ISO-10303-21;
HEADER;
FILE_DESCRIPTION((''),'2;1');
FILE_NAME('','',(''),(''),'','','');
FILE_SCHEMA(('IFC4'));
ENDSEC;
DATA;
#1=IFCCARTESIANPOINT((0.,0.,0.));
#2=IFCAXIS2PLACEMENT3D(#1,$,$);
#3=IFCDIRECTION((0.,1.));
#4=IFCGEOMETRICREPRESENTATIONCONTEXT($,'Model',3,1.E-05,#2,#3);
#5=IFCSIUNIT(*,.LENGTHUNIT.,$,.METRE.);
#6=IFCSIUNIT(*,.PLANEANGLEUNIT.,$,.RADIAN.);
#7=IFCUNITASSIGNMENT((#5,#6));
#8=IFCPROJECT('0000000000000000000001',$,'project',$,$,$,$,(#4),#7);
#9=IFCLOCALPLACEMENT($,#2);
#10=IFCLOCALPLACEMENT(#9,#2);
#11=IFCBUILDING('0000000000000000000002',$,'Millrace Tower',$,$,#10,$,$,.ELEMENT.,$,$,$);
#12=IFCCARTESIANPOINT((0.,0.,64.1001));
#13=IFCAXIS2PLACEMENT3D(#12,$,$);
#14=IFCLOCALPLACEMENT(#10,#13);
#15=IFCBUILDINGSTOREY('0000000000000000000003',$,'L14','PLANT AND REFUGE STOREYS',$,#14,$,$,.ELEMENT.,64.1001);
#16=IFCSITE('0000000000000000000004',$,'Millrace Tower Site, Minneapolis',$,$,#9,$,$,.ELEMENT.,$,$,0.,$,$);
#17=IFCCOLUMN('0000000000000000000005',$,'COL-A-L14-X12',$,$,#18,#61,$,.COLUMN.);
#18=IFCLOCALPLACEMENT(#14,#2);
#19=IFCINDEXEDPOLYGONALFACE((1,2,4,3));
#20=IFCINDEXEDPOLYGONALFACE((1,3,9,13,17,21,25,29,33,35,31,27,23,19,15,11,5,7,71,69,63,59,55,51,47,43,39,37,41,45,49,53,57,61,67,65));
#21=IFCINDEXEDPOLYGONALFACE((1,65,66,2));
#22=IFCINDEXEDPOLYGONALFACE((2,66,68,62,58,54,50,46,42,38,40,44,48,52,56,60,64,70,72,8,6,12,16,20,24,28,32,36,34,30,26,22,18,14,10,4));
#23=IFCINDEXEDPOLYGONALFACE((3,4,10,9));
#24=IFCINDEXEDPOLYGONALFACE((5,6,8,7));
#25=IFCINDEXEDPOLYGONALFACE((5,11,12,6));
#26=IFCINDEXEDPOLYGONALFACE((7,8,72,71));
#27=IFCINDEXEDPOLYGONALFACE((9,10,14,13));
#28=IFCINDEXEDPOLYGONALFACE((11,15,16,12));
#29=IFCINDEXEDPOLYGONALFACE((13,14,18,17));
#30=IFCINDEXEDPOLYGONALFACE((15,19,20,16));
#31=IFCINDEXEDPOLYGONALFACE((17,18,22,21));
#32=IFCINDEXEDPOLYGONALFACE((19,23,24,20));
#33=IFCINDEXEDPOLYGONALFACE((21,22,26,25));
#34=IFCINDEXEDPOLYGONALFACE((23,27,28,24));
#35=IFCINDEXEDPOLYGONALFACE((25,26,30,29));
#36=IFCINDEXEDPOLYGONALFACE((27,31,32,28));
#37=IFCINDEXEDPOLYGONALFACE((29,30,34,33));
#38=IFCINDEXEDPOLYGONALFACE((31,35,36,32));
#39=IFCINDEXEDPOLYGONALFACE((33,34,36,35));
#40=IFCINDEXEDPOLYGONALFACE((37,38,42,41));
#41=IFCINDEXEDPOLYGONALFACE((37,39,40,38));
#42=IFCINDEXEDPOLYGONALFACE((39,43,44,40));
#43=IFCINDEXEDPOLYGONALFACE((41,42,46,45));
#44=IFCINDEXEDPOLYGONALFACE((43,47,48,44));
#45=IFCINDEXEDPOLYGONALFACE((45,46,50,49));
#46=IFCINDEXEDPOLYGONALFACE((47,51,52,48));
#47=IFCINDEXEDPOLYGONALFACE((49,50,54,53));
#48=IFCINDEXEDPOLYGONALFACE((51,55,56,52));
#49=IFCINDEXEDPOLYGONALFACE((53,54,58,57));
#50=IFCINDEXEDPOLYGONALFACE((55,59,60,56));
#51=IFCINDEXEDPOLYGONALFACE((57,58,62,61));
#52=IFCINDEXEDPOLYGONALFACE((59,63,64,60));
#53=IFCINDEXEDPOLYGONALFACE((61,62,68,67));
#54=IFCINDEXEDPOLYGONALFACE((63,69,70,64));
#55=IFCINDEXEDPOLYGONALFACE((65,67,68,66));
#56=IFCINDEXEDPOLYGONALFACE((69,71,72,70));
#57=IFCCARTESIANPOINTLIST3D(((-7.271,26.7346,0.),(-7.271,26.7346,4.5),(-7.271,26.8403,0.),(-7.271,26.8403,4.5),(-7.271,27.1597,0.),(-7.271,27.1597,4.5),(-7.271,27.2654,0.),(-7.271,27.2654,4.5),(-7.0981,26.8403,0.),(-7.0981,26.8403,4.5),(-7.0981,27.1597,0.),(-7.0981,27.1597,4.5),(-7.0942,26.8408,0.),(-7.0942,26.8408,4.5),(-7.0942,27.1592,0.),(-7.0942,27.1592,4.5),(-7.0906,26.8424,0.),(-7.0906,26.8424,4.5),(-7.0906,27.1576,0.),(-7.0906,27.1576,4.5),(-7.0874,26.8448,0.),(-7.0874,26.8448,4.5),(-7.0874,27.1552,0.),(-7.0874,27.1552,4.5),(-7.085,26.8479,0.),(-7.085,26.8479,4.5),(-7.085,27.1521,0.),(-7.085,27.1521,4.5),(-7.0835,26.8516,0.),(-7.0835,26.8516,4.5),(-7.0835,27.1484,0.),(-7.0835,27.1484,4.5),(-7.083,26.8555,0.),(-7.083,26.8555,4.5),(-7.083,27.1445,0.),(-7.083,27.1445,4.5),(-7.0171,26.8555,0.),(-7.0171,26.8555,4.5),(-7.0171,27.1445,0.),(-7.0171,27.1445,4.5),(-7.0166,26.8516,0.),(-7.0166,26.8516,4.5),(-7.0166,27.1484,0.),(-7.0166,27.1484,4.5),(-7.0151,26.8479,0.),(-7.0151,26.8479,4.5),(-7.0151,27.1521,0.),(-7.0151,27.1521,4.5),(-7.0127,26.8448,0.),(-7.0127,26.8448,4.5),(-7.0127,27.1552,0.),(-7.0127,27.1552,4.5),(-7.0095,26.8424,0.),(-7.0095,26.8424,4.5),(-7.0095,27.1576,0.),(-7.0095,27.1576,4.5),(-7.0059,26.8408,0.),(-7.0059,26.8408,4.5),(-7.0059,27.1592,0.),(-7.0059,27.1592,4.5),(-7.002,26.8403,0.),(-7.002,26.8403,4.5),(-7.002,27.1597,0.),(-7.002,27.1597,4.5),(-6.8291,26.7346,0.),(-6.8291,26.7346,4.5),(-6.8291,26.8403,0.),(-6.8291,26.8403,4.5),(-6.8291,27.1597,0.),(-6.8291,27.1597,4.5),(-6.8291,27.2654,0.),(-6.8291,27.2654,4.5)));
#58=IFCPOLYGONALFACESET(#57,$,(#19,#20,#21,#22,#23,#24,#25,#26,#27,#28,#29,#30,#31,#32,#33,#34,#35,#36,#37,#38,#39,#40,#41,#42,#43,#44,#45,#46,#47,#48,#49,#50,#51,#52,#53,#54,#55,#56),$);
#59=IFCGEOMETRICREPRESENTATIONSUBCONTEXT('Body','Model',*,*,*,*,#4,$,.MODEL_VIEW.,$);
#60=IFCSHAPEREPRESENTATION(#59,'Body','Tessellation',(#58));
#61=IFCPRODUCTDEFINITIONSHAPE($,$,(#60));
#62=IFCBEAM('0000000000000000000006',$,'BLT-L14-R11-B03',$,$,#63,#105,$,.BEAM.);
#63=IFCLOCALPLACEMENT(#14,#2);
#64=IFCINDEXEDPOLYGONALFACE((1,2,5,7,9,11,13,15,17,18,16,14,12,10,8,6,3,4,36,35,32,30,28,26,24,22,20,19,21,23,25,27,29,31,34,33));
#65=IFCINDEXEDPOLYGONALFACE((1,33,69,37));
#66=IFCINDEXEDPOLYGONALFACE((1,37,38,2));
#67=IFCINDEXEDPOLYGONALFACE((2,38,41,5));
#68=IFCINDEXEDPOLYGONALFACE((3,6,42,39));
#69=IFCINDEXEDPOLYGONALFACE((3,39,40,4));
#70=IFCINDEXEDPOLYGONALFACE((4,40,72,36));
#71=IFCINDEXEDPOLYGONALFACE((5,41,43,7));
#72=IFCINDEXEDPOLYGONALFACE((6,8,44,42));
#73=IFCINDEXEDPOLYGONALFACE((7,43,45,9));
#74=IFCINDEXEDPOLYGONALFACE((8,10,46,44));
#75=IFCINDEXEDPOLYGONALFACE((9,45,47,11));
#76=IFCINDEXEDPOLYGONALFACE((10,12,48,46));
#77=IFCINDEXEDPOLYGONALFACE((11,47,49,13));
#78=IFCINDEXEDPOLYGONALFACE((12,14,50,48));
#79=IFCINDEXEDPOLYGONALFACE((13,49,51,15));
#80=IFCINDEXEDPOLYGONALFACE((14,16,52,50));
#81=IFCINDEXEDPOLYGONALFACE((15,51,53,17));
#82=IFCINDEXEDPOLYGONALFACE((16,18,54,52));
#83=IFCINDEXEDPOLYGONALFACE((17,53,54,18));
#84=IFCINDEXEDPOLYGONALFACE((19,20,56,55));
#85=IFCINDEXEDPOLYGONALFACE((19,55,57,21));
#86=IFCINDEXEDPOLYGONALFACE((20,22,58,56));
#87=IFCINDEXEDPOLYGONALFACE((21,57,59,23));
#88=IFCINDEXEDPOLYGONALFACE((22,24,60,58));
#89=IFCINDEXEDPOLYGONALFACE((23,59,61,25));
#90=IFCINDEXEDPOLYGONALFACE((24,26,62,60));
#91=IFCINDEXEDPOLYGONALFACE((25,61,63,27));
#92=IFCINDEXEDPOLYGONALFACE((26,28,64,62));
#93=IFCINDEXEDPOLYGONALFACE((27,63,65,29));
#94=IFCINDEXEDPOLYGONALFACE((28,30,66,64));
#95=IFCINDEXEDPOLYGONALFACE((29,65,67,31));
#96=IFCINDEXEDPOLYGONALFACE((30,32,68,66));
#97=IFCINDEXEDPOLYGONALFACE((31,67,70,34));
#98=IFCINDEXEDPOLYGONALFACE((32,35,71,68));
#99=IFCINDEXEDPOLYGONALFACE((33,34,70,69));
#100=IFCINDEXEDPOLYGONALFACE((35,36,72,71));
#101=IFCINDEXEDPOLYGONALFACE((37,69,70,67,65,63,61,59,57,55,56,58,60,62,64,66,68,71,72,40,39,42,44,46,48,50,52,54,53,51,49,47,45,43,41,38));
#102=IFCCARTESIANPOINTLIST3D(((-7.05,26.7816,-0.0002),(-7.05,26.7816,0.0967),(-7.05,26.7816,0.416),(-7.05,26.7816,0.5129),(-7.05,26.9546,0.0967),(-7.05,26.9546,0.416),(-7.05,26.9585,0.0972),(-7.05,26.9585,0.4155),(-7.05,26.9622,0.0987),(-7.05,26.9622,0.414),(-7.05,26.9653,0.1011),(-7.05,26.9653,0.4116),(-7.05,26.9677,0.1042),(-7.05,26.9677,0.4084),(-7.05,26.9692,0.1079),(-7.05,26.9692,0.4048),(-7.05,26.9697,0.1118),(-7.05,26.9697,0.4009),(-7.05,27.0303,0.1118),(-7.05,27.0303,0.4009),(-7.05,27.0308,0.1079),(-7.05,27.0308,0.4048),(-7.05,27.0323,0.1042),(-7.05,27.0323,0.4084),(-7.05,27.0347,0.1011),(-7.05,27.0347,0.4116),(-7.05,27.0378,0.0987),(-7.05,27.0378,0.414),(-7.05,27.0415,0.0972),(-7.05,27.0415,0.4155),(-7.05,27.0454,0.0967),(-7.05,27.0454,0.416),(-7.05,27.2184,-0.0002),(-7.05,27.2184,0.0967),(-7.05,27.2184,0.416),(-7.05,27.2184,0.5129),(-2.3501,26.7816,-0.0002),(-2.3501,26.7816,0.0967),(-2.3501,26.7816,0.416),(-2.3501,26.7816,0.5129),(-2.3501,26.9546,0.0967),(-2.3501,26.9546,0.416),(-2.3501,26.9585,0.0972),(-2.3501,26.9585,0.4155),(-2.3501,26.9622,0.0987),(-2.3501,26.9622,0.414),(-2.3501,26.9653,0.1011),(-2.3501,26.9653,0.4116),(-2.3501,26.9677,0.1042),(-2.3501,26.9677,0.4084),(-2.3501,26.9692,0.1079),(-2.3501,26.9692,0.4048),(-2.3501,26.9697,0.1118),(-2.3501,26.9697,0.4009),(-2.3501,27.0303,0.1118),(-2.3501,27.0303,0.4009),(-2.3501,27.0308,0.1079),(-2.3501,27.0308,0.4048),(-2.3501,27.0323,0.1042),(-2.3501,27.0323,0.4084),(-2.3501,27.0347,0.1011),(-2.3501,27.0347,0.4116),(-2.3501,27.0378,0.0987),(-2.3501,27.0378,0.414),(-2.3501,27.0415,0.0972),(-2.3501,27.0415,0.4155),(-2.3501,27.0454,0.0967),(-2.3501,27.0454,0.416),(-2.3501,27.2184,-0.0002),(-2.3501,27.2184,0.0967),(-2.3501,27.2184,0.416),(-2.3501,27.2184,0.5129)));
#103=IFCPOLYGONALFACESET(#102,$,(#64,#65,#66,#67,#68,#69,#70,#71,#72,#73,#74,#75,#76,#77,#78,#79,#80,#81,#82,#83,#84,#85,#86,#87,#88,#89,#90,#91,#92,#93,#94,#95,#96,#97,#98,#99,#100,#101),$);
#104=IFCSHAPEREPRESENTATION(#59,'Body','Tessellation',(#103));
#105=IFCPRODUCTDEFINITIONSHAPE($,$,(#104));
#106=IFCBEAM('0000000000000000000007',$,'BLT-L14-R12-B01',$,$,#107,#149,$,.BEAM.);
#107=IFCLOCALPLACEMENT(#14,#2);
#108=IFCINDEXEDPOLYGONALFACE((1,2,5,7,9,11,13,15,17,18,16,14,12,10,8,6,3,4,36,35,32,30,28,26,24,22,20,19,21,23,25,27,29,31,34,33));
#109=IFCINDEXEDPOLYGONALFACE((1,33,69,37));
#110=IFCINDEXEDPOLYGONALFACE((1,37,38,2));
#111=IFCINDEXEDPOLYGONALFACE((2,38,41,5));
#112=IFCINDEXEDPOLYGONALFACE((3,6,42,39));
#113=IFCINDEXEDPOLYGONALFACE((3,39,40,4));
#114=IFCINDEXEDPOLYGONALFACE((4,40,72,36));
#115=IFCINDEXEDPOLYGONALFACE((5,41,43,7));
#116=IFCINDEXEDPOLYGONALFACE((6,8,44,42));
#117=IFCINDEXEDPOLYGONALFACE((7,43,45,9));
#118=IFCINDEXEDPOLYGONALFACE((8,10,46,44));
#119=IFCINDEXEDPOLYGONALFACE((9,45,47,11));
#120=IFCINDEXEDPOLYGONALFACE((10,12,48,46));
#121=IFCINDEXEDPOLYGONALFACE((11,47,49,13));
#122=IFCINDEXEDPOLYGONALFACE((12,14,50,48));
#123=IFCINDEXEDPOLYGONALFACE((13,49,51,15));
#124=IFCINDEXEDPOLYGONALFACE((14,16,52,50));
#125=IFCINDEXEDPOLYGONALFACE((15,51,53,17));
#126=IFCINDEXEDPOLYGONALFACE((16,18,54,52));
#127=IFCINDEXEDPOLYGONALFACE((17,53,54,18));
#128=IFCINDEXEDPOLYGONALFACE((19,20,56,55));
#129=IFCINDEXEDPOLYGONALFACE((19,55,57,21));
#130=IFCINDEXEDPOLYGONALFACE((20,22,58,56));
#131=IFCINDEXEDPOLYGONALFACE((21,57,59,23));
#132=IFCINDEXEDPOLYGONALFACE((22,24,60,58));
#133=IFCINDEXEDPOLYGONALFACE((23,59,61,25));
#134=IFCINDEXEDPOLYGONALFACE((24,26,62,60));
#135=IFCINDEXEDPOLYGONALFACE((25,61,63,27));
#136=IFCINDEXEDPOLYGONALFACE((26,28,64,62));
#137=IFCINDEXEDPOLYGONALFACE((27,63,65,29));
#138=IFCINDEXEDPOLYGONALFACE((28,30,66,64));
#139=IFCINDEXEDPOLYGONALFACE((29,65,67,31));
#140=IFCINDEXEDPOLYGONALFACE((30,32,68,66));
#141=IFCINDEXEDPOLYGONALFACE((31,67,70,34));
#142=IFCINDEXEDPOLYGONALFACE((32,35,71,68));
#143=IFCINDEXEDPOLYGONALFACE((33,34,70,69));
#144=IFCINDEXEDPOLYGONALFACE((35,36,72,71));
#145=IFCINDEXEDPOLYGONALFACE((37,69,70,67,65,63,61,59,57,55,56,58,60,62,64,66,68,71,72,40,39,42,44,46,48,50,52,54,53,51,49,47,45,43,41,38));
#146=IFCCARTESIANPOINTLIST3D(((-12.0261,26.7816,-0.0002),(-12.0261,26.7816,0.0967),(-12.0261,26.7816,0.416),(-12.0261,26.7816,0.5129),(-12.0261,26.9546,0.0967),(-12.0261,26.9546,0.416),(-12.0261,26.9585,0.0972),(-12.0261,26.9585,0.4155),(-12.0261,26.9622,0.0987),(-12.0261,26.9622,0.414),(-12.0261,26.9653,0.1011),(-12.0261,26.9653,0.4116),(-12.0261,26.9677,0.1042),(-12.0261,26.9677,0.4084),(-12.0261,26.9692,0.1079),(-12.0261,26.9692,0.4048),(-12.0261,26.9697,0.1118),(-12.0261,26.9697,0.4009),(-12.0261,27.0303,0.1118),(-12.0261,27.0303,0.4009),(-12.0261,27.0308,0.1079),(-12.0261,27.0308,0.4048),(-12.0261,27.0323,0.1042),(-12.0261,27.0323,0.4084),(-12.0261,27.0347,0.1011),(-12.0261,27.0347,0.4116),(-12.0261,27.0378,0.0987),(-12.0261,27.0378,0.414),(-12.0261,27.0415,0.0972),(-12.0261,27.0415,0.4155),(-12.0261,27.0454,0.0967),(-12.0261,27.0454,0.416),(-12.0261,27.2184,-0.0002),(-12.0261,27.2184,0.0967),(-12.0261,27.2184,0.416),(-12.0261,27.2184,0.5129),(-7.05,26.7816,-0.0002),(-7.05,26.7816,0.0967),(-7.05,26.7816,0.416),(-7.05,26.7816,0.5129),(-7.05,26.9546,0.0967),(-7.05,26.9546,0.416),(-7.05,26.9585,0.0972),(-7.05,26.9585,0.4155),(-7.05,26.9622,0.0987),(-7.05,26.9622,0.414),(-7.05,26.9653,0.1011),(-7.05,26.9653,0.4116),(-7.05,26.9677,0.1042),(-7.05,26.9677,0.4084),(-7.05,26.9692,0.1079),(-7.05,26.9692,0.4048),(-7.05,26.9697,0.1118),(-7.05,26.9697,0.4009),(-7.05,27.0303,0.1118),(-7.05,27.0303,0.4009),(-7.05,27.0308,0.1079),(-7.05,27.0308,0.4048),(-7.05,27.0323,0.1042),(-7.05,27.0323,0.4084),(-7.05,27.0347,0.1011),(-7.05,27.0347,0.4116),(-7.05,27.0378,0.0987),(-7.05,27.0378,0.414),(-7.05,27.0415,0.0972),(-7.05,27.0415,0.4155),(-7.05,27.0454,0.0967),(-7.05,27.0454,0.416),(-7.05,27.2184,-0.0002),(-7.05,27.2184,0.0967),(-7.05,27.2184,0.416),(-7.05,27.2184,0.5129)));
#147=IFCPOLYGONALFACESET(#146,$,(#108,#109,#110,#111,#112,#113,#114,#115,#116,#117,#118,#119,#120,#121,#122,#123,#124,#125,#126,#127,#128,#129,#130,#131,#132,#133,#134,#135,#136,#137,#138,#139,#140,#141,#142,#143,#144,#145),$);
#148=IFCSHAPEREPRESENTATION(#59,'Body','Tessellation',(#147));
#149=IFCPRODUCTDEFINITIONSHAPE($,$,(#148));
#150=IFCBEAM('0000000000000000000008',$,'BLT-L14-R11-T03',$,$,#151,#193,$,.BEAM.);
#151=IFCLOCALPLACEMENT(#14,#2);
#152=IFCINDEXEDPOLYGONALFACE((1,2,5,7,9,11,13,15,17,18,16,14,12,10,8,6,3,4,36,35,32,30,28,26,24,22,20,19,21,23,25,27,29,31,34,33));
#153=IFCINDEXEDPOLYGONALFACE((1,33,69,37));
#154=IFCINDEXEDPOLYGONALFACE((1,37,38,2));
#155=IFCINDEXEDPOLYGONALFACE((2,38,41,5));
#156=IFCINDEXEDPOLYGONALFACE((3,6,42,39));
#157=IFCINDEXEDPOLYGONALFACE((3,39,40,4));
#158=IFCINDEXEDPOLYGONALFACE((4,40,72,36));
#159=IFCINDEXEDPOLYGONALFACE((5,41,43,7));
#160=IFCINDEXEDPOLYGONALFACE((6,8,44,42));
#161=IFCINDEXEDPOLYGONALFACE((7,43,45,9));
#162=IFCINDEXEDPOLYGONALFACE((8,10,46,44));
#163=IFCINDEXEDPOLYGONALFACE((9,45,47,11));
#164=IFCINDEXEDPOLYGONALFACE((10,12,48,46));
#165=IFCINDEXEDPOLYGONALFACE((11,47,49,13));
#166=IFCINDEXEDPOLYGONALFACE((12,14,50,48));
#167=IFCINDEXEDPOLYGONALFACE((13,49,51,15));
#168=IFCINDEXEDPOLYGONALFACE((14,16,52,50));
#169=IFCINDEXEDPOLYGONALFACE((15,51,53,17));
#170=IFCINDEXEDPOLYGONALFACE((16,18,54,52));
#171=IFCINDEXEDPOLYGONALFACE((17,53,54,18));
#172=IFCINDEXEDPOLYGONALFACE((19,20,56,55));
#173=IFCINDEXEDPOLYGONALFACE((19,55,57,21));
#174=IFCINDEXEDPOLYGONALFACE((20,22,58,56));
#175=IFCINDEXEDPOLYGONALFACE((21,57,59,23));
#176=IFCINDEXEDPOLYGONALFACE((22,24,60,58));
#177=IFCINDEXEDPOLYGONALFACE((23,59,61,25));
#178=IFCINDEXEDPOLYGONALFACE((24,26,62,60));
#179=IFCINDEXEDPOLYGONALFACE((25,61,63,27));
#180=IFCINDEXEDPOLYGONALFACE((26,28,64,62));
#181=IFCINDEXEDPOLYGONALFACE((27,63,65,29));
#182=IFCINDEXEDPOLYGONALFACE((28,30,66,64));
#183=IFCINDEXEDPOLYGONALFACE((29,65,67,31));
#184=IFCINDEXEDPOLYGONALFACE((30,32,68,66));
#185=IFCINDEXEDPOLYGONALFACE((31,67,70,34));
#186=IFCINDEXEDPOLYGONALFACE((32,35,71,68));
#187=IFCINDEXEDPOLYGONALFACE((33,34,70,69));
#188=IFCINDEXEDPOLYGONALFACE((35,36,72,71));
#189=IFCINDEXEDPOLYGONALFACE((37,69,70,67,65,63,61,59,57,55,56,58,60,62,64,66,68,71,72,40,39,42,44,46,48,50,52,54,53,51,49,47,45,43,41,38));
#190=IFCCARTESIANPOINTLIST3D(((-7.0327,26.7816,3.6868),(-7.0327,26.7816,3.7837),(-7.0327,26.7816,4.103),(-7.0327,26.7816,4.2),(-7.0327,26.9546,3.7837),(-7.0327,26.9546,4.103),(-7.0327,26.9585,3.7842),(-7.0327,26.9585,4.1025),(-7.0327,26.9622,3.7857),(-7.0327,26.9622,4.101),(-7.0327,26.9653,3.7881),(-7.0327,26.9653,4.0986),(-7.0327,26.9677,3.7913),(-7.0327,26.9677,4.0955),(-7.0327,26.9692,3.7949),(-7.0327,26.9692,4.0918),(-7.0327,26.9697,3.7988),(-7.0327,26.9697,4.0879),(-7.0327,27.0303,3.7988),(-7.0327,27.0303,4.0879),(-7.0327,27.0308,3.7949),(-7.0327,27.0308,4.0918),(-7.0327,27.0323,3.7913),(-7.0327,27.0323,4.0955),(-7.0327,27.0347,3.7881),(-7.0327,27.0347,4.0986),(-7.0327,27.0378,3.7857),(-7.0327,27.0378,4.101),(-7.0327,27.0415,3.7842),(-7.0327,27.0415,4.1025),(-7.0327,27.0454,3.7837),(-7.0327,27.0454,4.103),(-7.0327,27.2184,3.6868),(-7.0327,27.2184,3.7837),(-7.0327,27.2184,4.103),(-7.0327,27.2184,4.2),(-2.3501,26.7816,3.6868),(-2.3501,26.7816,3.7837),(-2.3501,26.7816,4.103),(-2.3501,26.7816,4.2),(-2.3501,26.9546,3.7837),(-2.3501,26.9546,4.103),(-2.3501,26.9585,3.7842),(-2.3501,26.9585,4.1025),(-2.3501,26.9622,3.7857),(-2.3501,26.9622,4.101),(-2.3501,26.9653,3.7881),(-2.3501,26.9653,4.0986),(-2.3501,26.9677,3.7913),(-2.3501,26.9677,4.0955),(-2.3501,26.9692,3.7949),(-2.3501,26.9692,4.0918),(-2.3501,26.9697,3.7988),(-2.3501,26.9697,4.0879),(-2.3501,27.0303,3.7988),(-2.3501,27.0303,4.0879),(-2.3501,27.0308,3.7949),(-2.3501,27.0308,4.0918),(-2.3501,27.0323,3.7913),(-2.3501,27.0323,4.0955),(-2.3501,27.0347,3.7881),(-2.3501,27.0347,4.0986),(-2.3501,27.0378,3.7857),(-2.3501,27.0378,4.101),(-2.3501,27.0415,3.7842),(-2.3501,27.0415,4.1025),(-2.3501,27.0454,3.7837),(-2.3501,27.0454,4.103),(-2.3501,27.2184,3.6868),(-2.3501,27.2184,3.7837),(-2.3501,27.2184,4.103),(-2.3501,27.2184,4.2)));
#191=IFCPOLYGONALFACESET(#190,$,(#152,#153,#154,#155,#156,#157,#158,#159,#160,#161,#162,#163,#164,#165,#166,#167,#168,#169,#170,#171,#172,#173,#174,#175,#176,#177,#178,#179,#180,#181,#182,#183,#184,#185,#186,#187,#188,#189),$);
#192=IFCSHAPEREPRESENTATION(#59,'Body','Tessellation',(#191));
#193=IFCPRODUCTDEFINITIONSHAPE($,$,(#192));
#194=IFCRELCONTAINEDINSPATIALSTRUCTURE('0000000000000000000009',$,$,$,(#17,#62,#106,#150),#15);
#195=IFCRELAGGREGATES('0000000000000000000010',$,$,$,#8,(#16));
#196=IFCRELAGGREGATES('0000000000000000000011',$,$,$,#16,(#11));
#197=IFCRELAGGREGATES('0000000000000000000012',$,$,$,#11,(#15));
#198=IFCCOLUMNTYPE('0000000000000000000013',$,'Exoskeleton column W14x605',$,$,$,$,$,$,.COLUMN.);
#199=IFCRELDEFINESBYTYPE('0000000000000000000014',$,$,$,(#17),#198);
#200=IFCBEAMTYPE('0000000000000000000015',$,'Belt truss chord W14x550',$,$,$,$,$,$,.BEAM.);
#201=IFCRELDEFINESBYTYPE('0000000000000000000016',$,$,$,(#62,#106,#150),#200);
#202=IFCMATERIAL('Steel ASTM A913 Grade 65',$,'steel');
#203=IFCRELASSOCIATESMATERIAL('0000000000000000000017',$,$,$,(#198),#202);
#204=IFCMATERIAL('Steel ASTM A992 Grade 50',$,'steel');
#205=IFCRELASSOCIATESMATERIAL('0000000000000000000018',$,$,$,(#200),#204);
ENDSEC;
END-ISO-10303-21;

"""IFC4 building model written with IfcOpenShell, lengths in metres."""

from ifc_helpers import new_model, si_unit, direction, frame, origin, origin_2d, place, context, subcontext, project, spatial, i_section, extrude, material, material_profile, profile_set, type_object, element, save


model = new_model("IFC4")

# Units and contexts
model_context = context("Model", 3, precision=1e-05, world=origin(), true_north=direction((0.0, 1.0)))
body_context = subcontext(model_context, "Body", "Model", "MODEL_VIEW")
ifc_project = project(units=[si_unit("LENGTHUNIT", "METRE"), si_unit("PLANEANGLEUNIT", "RADIAN")], contexts=[model_context])

# Site, building, storey
site_placement = place(None, origin())
site = spatial("IfcSite", under=ifc_project, at=site_placement, Name="Millrace Tower Site, Minneapolis", CompositionType="ELEMENT", RefElevation=0.0)
building_placement = place(site_placement, origin())
building = spatial("IfcBuilding", under=site, at=building_placement, Name="Millrace Tower", CompositionType="ELEMENT")
storey_placement = place(building_placement, frame((0.0, 0.0, 64.1001)))
storey = spatial("IfcBuildingStorey", under=building, at=storey_placement, Name="L14", Description="PLANT AND REFUGE STOREYS", CompositionType="ELEMENT", Elevation=64.1001)

# Column
ifc_material_1 = material(Name="Steel ASTM A913 Grade 65", Category="steel")
ifc_material_profile_1 = material_profile(ifc_material_1, i_section(OverallWidth=0.4419, OverallDepth=0.5308, WebThickness=0.0659, FlangeThickness=0.1057, FilletRadius=0.0151, at=origin_2d()))
ifc_profile_set_1 = profile_set([ifc_material_profile_1], Name="Steel ASTM A913 Grade 65")
column_type = type_object("IfcColumnType", Name="Exoskeleton column W14x605", PredefinedType="COLUMN", material=ifc_profile_set_1)
column_placement = place(storey_placement, frame((-7.05, 27.0, 0.0), z_axis=(0.0, 0.0, 1.0), x_axis=(-1.0, 0.0, 0.0)))
element("IfcColumn", 1, at=column_placement, inside=storey, type_object=column_type, Name="COL-A-L14-X12", PredefinedType="COLUMN", context=body_context, shape_type="SweptSolid", body=[
    extrude(i_section(OverallWidth=0.4419, OverallDepth=0.5308, WebThickness=0.0659, FlangeThickness=0.1057, FilletRadius=0.0151, at=origin_2d()), origin(), (0.0, 0.0, 1.0), 4.5),
])

# Beams
ifc_material_2 = material(Name="Steel ASTM A992 Grade 50", Category="steel")
ifc_material_profile_2 = material_profile(ifc_material_2, i_section(OverallWidth=0.4368, OverallDepth=0.5132, WebThickness=0.0605, FlangeThickness=0.0969, FilletRadius=0.0151, at=origin_2d()))
ifc_profile_set_2 = profile_set([ifc_material_profile_2], Name="Steel ASTM A992 Grade 50")
beam_type_1 = type_object("IfcBeamType", Name="Belt truss chord W14x550", PredefinedType="BEAM", material=ifc_profile_set_2)
beam_1_placement = place(storey_placement, frame((-2.3501, 27.0, 0.2563), z_axis=(-1.0, 0.0, 0.0), x_axis=(0.0, -1.0, 0.0)))
element("IfcBeam", 2, at=beam_1_placement, inside=storey, type_object=beam_type_1, Name="BLT-L14-R11-B03", PredefinedType="BEAM", context=body_context, shape_type="SweptSolid", body=[
    extrude(i_section(OverallWidth=0.4368, OverallDepth=0.5132, WebThickness=0.0605, FlangeThickness=0.0969, FilletRadius=0.0151, at=origin_2d()), origin(), (0.0, 0.0, 1.0), 4.7),
])
beam_2_placement = place(storey_placement, frame((-7.05, 27.0, 0.2563), z_axis=(-1.0, 0.0, 0.0), x_axis=(0.0, -1.0, 0.0)))
element("IfcBeam", 3, at=beam_2_placement, inside=storey, type_object=beam_type_1, Name="BLT-L14-R12-B01", PredefinedType="BEAM", context=body_context, shape_type="SweptSolid", body=[
    extrude(i_section(OverallWidth=0.4368, OverallDepth=0.5132, WebThickness=0.0605, FlangeThickness=0.0969, FilletRadius=0.0151, at=origin_2d()), origin(), (0.0, 0.0, 1.0), 4.9761),
])
beam_3_placement = place(storey_placement, frame((-2.3501, 27.0, 3.9434), z_axis=(-1.0, 0.0, 0.0), x_axis=(0.0, -1.0, 0.0)))
element("IfcBeam", 4, at=beam_3_placement, inside=storey, type_object=beam_type_1, Name="BLT-L14-R11-T03", PredefinedType="BEAM", context=body_context, shape_type="SweptSolid", body=[
    extrude(i_section(OverallWidth=0.4368, OverallDepth=0.5132, WebThickness=0.0605, FlangeThickness=0.0969, FilletRadius=0.0151, at=origin_2d()), origin(), (0.0, 0.0, 1.0), 4.6826),
])

save(model, "model.ifc")
